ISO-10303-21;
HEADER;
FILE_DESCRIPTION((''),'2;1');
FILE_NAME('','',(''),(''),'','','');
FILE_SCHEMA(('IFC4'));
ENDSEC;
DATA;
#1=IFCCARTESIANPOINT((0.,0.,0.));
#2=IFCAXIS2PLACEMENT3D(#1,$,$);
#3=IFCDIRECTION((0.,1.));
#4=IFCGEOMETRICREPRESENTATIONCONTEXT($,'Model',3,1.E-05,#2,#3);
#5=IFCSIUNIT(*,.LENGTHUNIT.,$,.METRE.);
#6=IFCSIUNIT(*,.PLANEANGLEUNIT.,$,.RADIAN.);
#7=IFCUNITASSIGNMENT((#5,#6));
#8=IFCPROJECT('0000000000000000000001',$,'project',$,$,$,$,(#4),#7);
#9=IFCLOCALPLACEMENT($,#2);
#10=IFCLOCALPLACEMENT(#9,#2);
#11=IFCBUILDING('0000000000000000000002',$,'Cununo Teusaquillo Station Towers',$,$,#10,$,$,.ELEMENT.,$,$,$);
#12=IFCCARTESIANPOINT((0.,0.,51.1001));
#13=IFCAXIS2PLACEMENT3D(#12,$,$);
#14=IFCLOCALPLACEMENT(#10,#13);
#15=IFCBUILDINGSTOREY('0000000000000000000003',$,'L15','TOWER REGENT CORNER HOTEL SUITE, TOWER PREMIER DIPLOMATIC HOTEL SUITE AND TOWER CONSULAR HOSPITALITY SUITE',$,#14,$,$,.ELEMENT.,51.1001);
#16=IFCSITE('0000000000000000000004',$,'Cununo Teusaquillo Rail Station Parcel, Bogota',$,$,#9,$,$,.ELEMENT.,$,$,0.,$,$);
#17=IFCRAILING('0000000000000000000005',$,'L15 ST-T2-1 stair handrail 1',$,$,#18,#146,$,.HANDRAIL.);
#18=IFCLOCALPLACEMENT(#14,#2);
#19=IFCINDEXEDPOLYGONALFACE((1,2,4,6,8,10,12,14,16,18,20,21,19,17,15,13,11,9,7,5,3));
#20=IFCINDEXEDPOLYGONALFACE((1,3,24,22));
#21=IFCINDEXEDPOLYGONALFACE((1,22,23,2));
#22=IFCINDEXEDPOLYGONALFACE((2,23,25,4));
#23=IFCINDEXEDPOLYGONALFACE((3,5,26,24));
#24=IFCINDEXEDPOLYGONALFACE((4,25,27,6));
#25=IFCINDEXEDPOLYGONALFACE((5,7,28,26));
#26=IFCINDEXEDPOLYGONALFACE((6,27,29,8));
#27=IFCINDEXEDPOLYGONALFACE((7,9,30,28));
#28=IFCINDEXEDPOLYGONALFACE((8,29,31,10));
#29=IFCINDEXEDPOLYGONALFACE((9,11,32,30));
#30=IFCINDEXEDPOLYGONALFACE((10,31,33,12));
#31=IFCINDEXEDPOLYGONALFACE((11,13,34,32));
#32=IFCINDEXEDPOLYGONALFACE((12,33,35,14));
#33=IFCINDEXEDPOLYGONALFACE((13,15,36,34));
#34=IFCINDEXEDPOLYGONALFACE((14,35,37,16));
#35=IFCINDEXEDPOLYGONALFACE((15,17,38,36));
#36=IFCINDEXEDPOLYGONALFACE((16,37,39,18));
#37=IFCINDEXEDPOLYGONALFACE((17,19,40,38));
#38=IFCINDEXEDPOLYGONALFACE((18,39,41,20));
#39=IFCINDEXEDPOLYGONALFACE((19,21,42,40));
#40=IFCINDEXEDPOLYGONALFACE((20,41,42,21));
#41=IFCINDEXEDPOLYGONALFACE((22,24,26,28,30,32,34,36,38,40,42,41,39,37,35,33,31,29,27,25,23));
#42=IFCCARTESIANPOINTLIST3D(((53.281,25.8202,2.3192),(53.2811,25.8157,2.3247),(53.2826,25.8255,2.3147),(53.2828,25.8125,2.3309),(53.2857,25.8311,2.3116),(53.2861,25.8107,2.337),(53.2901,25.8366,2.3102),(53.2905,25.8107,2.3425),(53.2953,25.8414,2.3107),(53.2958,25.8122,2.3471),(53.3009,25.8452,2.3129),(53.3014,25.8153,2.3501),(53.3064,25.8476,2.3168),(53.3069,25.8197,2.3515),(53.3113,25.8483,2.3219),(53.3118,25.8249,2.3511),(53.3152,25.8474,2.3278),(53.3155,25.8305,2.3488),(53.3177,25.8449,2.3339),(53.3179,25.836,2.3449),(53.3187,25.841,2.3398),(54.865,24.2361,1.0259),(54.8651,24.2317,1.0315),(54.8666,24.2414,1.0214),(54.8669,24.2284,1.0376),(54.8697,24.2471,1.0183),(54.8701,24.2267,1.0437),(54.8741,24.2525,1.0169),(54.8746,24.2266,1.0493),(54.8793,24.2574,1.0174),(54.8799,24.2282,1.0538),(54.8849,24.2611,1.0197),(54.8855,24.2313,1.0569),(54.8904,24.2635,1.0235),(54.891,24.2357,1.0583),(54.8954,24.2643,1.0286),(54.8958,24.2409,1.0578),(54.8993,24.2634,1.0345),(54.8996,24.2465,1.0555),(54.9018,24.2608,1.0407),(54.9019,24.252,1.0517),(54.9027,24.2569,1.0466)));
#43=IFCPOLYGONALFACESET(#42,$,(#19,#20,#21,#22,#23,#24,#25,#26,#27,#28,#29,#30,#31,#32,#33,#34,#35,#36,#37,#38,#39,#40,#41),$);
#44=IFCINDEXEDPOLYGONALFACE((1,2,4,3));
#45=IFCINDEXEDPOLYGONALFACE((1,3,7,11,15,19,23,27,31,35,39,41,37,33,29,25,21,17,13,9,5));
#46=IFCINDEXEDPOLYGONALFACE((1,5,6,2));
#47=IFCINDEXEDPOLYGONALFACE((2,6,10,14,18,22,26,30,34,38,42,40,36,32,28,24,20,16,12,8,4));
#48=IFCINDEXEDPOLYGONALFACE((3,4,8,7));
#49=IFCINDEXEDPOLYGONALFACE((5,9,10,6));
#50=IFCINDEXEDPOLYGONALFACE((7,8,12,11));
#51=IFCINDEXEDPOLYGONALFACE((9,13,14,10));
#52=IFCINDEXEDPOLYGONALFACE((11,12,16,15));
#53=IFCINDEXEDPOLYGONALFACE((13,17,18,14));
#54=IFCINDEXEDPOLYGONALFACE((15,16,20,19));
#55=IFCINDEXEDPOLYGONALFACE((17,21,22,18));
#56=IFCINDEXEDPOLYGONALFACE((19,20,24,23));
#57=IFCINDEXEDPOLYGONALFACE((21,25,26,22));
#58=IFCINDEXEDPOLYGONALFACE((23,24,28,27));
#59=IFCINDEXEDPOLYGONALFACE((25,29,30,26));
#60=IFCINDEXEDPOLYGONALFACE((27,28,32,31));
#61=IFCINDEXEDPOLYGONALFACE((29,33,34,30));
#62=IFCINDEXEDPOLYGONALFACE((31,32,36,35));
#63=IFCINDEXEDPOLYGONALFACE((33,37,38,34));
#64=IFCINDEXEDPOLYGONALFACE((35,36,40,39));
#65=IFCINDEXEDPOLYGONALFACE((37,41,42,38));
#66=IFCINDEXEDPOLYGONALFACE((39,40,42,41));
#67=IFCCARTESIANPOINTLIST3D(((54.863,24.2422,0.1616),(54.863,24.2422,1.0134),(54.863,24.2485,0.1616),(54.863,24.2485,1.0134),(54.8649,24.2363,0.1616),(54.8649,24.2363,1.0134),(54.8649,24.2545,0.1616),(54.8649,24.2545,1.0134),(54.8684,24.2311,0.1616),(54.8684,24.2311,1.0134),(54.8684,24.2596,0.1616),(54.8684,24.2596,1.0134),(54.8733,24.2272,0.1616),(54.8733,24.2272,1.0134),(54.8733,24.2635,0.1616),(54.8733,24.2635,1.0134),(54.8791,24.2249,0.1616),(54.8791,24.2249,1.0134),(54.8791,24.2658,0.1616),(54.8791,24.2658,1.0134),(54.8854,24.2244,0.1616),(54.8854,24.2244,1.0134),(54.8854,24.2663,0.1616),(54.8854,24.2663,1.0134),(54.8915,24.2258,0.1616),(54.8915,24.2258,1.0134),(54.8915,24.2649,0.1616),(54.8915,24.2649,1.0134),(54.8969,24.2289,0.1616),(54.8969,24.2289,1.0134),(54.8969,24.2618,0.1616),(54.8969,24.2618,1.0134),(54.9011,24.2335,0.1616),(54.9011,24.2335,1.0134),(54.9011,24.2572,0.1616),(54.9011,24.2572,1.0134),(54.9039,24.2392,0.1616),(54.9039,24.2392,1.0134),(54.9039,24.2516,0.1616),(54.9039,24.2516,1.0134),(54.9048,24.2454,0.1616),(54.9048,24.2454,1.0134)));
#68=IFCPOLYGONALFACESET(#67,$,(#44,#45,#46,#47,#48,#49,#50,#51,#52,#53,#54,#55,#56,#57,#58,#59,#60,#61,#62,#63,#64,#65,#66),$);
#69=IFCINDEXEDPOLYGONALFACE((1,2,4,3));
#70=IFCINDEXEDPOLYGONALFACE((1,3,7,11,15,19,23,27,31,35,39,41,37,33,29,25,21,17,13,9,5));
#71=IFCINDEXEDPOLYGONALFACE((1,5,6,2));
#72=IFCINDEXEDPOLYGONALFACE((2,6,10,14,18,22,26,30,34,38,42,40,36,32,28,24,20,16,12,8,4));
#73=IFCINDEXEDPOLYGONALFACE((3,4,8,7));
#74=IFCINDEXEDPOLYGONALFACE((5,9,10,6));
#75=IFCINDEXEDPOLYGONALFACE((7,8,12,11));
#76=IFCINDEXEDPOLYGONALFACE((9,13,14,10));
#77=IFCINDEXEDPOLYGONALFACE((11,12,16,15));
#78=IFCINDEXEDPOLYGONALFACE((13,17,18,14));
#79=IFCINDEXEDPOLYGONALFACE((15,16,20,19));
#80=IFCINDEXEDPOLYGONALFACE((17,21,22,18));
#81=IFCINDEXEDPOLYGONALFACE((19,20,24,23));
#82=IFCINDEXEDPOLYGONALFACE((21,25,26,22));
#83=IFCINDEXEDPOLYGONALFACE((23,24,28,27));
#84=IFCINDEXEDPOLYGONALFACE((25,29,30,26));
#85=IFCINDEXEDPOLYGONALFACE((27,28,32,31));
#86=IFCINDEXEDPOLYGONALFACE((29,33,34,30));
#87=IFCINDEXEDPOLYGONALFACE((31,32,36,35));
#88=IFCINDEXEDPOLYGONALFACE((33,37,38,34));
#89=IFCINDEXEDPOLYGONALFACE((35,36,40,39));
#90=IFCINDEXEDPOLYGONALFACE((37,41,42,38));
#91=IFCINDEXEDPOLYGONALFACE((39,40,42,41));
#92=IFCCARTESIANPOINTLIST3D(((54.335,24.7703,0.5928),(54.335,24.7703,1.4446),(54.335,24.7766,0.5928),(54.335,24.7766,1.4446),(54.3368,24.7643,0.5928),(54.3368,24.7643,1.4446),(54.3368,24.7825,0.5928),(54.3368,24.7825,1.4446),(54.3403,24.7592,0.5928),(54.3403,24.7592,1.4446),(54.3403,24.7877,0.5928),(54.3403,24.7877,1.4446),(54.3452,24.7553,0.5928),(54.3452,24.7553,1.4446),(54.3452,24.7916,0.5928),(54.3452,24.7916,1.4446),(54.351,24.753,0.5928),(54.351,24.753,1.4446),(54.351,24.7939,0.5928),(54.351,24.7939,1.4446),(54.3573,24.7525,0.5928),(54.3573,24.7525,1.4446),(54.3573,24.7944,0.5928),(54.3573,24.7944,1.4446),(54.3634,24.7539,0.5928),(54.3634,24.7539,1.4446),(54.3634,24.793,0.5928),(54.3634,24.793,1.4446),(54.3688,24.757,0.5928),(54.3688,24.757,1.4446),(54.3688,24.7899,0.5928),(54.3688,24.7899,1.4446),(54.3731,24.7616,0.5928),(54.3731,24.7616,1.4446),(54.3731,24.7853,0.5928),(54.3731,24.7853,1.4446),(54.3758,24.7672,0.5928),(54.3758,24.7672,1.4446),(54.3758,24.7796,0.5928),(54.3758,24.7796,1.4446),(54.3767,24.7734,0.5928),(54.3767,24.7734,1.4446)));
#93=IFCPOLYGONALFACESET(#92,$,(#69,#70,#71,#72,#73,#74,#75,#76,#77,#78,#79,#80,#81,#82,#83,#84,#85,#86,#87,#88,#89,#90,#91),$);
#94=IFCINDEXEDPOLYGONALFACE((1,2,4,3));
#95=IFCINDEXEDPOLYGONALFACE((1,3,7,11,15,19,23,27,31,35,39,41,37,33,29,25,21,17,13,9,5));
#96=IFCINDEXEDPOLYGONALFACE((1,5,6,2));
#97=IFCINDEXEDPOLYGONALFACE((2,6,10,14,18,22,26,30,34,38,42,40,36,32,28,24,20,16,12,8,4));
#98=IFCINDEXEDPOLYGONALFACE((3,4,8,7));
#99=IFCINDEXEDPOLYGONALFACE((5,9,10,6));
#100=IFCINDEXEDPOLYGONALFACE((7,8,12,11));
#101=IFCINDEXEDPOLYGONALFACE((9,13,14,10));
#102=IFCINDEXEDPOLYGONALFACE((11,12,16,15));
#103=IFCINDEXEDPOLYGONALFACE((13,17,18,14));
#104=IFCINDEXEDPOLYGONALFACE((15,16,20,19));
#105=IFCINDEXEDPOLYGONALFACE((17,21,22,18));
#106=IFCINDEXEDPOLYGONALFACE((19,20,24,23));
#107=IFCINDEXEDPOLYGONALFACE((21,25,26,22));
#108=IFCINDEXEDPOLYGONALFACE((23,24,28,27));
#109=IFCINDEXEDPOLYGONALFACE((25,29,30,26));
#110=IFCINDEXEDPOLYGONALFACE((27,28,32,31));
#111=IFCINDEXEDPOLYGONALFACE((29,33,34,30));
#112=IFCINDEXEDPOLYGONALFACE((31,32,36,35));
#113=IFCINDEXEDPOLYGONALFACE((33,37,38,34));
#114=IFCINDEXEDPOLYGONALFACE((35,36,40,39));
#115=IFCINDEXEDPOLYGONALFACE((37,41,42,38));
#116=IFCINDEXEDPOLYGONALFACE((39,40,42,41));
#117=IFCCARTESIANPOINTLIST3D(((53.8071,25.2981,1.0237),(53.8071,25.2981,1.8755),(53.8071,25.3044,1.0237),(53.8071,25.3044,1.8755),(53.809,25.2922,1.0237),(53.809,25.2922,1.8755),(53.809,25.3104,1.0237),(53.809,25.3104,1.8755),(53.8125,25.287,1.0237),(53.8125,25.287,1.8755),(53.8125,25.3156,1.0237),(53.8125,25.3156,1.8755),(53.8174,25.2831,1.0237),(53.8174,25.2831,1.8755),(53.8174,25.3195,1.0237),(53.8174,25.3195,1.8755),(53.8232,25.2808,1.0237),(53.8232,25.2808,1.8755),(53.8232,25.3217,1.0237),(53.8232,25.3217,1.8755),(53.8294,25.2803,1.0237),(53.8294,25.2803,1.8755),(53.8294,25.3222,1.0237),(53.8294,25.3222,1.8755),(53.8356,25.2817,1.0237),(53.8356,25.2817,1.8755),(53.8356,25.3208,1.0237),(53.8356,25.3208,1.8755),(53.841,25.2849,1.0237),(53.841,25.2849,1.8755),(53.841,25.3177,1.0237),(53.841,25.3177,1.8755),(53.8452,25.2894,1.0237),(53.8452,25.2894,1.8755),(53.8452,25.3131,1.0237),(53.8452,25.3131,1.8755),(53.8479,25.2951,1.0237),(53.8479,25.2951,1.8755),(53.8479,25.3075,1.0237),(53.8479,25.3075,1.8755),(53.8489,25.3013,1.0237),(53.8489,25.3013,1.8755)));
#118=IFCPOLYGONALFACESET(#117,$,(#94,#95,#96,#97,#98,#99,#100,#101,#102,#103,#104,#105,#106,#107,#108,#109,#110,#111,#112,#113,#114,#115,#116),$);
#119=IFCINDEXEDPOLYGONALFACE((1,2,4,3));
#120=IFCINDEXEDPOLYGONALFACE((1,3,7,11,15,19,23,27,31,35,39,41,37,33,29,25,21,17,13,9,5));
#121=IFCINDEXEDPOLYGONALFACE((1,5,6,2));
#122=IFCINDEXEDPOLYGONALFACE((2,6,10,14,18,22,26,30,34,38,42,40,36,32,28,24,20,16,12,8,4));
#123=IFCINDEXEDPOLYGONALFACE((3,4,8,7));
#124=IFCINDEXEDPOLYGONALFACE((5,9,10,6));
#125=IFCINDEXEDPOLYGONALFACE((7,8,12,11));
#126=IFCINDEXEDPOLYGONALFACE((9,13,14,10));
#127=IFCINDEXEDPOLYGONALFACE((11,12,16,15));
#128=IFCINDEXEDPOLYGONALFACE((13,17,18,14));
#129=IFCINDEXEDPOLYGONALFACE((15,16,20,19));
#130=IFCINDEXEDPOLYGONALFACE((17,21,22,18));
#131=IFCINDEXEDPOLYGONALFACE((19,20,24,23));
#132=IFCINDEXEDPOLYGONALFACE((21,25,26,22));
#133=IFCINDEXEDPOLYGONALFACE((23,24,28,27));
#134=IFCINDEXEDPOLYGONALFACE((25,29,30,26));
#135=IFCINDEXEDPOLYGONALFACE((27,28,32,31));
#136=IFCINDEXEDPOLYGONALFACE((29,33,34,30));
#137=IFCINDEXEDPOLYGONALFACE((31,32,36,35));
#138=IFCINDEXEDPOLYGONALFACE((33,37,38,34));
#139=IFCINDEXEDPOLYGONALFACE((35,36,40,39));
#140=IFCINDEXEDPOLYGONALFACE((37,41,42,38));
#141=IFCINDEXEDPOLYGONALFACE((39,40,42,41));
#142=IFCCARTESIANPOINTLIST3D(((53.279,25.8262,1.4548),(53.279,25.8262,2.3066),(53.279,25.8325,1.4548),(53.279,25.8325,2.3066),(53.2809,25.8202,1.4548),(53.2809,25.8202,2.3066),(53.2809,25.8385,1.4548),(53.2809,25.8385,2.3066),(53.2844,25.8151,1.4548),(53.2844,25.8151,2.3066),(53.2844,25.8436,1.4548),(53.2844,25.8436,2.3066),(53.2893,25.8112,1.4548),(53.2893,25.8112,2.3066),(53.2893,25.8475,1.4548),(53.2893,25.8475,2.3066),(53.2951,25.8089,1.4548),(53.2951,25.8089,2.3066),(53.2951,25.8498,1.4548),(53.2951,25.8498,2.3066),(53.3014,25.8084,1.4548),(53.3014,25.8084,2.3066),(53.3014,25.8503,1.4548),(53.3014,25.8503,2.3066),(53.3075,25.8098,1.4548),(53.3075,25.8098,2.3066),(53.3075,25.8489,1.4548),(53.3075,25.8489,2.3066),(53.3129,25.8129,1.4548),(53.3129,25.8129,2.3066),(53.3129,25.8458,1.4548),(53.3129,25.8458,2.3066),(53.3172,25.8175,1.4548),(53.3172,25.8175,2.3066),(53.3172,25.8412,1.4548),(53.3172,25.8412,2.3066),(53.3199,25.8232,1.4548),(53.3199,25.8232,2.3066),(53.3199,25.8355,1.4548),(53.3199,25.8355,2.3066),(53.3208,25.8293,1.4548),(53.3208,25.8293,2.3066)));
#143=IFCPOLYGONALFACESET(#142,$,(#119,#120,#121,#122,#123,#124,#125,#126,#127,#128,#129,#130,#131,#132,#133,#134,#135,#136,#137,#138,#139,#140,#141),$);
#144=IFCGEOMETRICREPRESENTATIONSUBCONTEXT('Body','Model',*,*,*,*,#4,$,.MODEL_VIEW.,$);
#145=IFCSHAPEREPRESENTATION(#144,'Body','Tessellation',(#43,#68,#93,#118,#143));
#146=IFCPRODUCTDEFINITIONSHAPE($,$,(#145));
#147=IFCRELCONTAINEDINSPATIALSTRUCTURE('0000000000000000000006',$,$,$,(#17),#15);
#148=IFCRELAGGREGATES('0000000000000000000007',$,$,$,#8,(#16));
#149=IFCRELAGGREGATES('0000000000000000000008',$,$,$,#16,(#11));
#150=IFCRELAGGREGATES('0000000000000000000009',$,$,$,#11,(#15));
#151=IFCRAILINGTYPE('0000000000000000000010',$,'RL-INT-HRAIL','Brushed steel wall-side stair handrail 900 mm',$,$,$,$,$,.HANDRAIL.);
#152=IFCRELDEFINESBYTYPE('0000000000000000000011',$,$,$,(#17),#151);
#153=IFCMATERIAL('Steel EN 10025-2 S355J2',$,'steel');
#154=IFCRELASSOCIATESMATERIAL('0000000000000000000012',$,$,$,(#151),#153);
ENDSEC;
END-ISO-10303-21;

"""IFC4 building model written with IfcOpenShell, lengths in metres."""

from ifc_helpers import new_model, si_unit, direction, frame, origin, origin_2d, place, context, subcontext, project, spatial, circle, extrude, material, type_object, element, save


model = new_model("IFC4")

# Units and contexts
model_context = context("Model", 3, precision=1e-05, world=origin(), true_north=direction((0.0, 1.0)))
body_context = subcontext(model_context, "Body", "Model", "MODEL_VIEW")
ifc_project = project(units=[si_unit("LENGTHUNIT", "METRE"), si_unit("PLANEANGLEUNIT", "RADIAN")], contexts=[model_context])

# Site, building, storey
site_placement = place(None, origin())
site = spatial("IfcSite", under=ifc_project, at=site_placement, Name="Cununo Teusaquillo Rail Station Parcel, Bogota", CompositionType="ELEMENT", RefElevation=0.0)
building_placement = place(site_placement, origin())
building = spatial("IfcBuilding", under=site, at=building_placement, Name="Cununo Teusaquillo Station Towers", CompositionType="ELEMENT")
storey_placement = place(building_placement, frame((0.0, 0.0, 51.1001)))
storey = spatial("IfcBuildingStorey", under=building, at=storey_placement, Name="L15", Description="TOWER REGENT CORNER HOTEL SUITE, TOWER PREMIER DIPLOMATIC HOTEL SUITE AND TOWER CONSULAR HOSPITALITY SUITE", CompositionType="ELEMENT", Elevation=51.1001)

# Railing
ifc_material_1 = material(Name="Steel EN 10025-2 S355J2", Category="steel")
railing_type_1 = type_object("IfcRailingType", Name="RL-INT-HRAIL", Description="Brushed steel wall-side stair handrail 900 mm", PredefinedType="HANDRAIL", material=ifc_material_1)
railing_1_placement = place(storey_placement, frame((54.8838, 24.2454, 0.1616)))
element("IfcRailing", 1, at=railing_1_placement, inside=storey, type_object=railing_type_1, Name="L15 ST-T2-1 stair handrail 1", PredefinedType="HANDRAIL", context=body_context, shape_type="SweptSolid", body=[
    extrude(circle(Radius=0.0239, at=origin_2d()), frame((0.0, 0.0, 0.876), z_axis=(-0.612385, 0.612385, 0.49997), x_axis=(-0.707107, -0.707107, 0.0)), (0.0, 0.0, 1.0), 2.5867),
    extrude(circle(Radius=0.021, at=origin_2d()), origin(), (0.0, 0.0, 1.0), 0.8518),
    extrude(circle(Radius=0.021, at=origin_2d()), frame((-0.5281, 0.5281, 0.4312)), (0.0, 0.0, 1.0), 0.8518),
    extrude(circle(Radius=0.021, at=origin_2d()), frame((-1.0559, 1.0559, 0.8621)), (0.0, 0.0, 1.0), 0.8518),
    extrude(circle(Radius=0.021, at=origin_2d()), frame((-1.584, 1.584, 1.2932)), (0.0, 0.0, 1.0), 0.8518),
])

save(model, "model.ifc")
